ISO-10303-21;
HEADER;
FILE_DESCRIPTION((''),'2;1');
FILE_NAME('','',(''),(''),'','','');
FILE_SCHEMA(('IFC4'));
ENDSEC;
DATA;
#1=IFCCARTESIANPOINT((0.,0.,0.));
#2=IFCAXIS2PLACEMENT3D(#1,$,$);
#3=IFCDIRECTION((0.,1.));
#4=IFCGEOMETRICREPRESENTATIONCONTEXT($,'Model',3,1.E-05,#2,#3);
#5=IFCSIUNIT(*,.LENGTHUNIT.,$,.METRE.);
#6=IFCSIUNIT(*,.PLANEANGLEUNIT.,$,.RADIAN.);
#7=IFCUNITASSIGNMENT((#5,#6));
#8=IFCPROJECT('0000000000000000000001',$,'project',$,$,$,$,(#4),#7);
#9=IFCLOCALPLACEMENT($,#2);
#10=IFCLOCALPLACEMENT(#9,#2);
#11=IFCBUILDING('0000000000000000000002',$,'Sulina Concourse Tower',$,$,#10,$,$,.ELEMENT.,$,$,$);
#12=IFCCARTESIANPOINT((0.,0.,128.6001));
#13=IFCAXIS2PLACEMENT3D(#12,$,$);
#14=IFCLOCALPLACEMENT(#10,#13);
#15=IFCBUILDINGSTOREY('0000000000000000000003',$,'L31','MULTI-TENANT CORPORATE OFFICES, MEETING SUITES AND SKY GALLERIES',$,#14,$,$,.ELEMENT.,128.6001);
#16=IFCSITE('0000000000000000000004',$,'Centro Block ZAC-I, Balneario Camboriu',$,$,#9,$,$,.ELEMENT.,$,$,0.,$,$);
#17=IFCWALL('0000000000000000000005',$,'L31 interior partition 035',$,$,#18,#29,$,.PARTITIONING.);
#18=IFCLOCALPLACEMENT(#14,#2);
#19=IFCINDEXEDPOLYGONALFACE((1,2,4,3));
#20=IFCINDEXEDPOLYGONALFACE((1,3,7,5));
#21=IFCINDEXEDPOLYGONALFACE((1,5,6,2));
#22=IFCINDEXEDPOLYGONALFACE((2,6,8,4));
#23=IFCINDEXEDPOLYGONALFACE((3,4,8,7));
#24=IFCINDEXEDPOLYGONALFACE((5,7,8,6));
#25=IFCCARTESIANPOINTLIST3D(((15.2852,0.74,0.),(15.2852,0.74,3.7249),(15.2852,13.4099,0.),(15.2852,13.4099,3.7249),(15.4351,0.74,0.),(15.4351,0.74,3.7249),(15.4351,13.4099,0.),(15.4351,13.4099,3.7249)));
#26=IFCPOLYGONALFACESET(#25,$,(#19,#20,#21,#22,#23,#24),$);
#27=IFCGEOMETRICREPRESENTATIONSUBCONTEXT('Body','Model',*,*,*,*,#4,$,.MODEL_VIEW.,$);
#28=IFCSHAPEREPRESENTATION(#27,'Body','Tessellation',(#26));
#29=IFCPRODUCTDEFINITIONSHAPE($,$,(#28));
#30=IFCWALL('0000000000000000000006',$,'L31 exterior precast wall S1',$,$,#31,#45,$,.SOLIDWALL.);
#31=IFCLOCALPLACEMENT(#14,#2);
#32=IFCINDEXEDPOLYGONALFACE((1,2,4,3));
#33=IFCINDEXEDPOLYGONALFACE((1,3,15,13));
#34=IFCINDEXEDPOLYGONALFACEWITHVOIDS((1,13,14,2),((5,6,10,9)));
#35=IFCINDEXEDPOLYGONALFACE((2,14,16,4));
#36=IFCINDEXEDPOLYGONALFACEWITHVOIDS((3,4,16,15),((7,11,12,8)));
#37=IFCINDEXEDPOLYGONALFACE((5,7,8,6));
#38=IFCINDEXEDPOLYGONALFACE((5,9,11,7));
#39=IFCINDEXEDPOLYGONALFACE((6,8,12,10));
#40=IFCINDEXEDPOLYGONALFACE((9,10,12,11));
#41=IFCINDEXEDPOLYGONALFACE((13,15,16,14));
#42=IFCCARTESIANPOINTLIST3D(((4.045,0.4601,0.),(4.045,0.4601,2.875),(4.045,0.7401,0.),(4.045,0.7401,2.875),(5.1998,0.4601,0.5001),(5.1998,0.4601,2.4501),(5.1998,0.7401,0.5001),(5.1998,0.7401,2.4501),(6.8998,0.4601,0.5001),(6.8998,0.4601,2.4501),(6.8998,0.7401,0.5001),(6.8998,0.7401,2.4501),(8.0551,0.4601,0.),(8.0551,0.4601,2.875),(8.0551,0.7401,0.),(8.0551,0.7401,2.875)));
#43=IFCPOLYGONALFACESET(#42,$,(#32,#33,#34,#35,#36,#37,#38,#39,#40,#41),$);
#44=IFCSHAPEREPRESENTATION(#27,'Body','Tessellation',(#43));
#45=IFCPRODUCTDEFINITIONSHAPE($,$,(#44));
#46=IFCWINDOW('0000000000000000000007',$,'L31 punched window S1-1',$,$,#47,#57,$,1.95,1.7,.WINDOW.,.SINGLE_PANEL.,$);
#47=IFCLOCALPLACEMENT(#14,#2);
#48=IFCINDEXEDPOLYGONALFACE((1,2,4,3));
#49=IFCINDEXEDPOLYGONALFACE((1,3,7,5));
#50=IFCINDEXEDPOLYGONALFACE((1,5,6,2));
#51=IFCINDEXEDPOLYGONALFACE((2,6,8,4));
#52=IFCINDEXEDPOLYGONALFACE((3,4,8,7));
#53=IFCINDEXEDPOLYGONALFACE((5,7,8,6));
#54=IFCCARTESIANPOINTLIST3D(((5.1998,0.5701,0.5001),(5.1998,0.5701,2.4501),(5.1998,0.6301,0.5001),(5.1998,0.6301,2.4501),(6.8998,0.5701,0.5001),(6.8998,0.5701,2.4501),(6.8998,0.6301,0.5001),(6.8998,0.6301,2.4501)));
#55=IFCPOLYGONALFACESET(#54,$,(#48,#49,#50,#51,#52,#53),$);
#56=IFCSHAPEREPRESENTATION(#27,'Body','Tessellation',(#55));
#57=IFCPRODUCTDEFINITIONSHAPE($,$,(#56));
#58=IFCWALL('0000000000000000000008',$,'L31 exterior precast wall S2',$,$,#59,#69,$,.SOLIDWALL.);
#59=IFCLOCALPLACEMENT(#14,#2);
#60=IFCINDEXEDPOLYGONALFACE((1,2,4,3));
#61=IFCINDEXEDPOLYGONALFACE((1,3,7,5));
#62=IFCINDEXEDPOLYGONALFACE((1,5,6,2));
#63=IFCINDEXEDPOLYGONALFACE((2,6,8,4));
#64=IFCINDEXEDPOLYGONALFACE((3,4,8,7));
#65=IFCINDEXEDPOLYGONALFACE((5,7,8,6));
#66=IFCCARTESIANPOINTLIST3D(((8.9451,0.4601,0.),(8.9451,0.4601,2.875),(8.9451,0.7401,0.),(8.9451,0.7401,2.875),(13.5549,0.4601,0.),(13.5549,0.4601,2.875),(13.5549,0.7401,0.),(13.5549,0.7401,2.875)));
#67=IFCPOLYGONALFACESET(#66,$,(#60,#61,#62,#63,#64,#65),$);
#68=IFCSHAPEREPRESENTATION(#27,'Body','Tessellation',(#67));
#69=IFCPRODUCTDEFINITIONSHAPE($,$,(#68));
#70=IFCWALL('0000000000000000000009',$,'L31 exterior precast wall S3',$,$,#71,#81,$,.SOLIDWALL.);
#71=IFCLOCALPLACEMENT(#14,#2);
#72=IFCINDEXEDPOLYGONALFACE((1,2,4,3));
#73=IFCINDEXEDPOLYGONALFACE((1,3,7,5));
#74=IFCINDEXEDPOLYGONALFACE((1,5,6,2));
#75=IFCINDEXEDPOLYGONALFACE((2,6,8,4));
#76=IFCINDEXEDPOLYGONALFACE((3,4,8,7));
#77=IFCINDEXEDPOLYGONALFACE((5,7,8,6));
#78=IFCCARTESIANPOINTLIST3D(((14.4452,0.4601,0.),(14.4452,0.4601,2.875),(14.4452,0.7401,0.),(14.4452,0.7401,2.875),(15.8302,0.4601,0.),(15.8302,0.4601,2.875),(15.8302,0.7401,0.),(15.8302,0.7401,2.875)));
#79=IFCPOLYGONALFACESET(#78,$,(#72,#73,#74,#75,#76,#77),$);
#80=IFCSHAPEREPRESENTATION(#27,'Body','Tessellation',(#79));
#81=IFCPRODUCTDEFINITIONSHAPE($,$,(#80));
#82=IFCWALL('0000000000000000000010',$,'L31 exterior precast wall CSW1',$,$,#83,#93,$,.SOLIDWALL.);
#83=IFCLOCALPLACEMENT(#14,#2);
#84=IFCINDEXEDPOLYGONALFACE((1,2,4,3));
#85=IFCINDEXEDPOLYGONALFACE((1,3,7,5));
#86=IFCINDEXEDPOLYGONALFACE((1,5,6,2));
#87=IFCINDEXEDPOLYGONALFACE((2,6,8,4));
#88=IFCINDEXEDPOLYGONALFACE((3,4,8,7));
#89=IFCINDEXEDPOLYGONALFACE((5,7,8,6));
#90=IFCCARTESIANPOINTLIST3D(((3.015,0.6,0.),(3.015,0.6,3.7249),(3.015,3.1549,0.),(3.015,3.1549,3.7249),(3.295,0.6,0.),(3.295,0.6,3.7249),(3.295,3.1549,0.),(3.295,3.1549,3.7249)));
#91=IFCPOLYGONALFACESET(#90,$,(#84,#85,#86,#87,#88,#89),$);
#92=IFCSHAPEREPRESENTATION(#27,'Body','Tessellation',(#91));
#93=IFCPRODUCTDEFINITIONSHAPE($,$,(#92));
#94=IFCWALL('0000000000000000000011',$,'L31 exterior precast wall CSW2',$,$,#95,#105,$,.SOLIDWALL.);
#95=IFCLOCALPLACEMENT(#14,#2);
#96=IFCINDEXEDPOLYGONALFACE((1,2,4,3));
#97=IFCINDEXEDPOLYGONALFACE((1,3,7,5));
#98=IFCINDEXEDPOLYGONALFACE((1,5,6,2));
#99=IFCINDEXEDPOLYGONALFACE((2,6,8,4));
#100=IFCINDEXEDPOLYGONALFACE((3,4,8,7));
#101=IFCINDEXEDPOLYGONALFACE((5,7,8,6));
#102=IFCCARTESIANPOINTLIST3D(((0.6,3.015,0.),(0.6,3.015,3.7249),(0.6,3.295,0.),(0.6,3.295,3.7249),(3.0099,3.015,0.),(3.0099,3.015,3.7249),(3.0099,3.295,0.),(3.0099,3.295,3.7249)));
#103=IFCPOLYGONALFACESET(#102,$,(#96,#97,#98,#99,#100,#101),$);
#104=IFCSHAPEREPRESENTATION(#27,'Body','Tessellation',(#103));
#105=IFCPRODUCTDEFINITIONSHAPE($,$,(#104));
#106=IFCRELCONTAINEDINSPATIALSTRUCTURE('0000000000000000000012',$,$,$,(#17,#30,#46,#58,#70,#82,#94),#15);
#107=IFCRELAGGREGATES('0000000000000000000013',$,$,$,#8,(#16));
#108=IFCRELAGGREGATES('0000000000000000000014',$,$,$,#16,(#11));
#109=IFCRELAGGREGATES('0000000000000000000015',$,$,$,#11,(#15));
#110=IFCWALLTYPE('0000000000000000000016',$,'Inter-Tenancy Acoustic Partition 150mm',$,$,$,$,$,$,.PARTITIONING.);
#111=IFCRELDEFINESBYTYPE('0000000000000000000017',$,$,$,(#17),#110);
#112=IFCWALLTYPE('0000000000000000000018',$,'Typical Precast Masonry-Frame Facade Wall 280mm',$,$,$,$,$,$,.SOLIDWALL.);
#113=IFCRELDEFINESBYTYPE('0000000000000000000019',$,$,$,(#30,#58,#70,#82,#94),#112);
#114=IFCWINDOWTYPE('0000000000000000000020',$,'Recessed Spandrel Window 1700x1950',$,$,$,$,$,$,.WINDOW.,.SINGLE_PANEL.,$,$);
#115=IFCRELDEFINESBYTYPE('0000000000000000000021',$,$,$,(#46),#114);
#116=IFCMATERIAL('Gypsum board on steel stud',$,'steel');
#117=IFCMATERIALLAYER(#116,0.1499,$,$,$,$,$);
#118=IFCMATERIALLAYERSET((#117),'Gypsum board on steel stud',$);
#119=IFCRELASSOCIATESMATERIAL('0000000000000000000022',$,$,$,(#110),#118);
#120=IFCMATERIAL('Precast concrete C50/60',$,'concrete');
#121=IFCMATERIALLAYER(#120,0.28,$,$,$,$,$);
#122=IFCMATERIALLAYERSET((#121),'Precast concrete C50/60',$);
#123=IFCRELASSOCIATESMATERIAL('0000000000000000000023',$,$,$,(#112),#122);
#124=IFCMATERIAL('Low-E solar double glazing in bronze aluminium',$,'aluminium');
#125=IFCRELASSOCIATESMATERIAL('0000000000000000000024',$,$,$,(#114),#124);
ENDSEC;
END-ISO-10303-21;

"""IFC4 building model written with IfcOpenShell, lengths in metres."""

from ifc_helpers import new_model, si_unit, direction, frame, frame_2d, origin, place, context, subcontext, project, spatial, rectangle, extrude, material, layer, layer_set, type_object, element, fill, save


model = new_model("IFC4")

# Units and contexts
model_context = context("Model", 3, precision=1e-05, world=origin(), true_north=direction((0.0, 1.0)))
body_context = subcontext(model_context, "Body", "Model", "MODEL_VIEW")
ifc_project = project(units=[si_unit("LENGTHUNIT", "METRE"), si_unit("PLANEANGLEUNIT", "RADIAN")], contexts=[model_context])

# Site, building, storey
site_placement = place(None, origin())
site = spatial("IfcSite", under=ifc_project, at=site_placement, Name="Centro Block ZAC-I, Balneario Camboriu", CompositionType="ELEMENT", RefElevation=0.0)
building_placement = place(site_placement, origin())
building = spatial("IfcBuilding", under=site, at=building_placement, Name="Sulina Concourse Tower", CompositionType="ELEMENT")
storey_placement = place(building_placement, frame((0.0, 0.0, 128.6001)))
storey = spatial("IfcBuildingStorey", under=building, at=storey_placement, Name="L31", Description="MULTI-TENANT CORPORATE OFFICES, MEETING SUITES AND SKY GALLERIES", CompositionType="ELEMENT", Elevation=128.6001)

# Wall
ifc_material_1 = material(Name="Gypsum board on steel stud", Category="steel")
ifc_layer_1 = layer(ifc_material_1, 0.1499)
ifc_layer_set_1 = layer_set([ifc_layer_1], Name="Gypsum board on steel stud")
wall_type_1 = type_object("IfcWallType", Name="Inter-Tenancy Acoustic Partition 150mm", PredefinedType="PARTITIONING", material=ifc_layer_set_1)
for number, where, z_axis, x_axis, name in (
    (1, (15.3601, 0.74, 0.0), (0.0, 0.0, 1.0), (0.0, 1.0, 0.0), "L31 interior partition 035"),
):
    element("IfcWall", number, at=place(storey_placement, frame(where, z_axis=z_axis, x_axis=x_axis)), inside=storey, type_object=wall_type_1, Name=name, PredefinedType="PARTITIONING", context=body_context, shape_type="SweptSolid", body=[
        extrude(rectangle(XDim=12.6699, YDim=0.1499, at=frame_2d((6.335, 0.0))), origin(), (0.0, 0.0, 1.0), 3.7249),
    ])

# Wall, opening, window
ifc_material_2 = material(Name="Precast concrete C50/60", Category="concrete")
ifc_layer_2 = layer(ifc_material_2, 0.28)
ifc_layer_set_2 = layer_set([ifc_layer_2], Name="Precast concrete C50/60")
wall_type_2 = type_object("IfcWallType", Name="Typical Precast Masonry-Frame Facade Wall 280mm", PredefinedType="SOLIDWALL", material=ifc_layer_set_2)
wall_1_placement = place(storey_placement, frame((8.0549, 0.6001, 0.0), z_axis=(0.0, 0.0, 1.0), x_axis=(-1.0, 0.0, 0.0)))
wall_1 = element("IfcWall", 2, at=wall_1_placement, inside=storey, type_object=wall_type_2, Name="L31 exterior precast wall S1", PredefinedType="SOLIDWALL", context=body_context, shape_type="SweptSolid", body=[
    extrude(rectangle(XDim=4.01, YDim=0.28, at=frame_2d((2.0049, 0.0))), origin(), (0.0, 0.0, 1.0), 2.875),
])
opening_placement = place(wall_1_placement, frame((1.155, 0.0, 0.5)))
opening = element("IfcOpeningElement", 3, at=opening_placement, cuts=wall_1, PredefinedType="OPENING", context=body_context, shape_type="SweptSolid", body=[
    extrude(rectangle(XDim=1.7, YDim=1.95, at=frame_2d((0.8501, 0.9751))), frame((0.0, 0.1499, 0.0), z_axis=(0.0, -1.0, 0.0), x_axis=(1.0, 0.0, 0.0)), (0.0, 0.0, 1.0), 0.3),
])
ifc_material_3 = material(Name="Low-E solar double glazing in bronze aluminium", Category="aluminium")
window_type = type_object("IfcWindowType", Name="Recessed Spandrel Window 1700x1950", PartitioningType="SINGLE_PANEL", PredefinedType="WINDOW", material=ifc_material_3)
window_placement = place(opening_placement, origin())
window = element("IfcWindow", 4, at=window_placement, inside=storey, type_object=window_type, Name="L31 punched window S1-1", OverallHeight=1.95, OverallWidth=1.7, PartitioningType="SINGLE_PANEL", PredefinedType="WINDOW", context=body_context, shape_type="SweptSolid", body=[
    extrude(rectangle(XDim=1.7, YDim=1.95, at=frame_2d((0.8501, 0.9751))), frame((0.0, 0.03, 0.0), z_axis=(0.0, -1.0, 0.0), x_axis=(1.0, 0.0, 0.0)), (0.0, 0.0, 1.0), 0.0601),
])
fill(opening, window)

# Walls
wall_2_placement = place(storey_placement, frame((13.5549, 0.6001, 0.0), z_axis=(0.0, 0.0, 1.0), x_axis=(-1.0, 0.0, 0.0)))
element("IfcWall", 5, at=wall_2_placement, inside=storey, type_object=wall_type_2, Name="L31 exterior precast wall S2", PredefinedType="SOLIDWALL", context=body_context, shape_type="SweptSolid", body=[
    extrude(rectangle(XDim=4.6099, YDim=0.28, at=frame_2d((2.3049, 0.0))), origin(), (0.0, 0.0, 1.0), 2.875),
])
wall_3_placement = place(storey_placement, frame((15.8301, 0.6001, 0.0), z_axis=(0.0, 0.0, 1.0), x_axis=(-1.0, 0.0, 0.0)))
element("IfcWall", 6, at=wall_3_placement, inside=storey, type_object=wall_type_2, Name="L31 exterior precast wall S3", PredefinedType="SOLIDWALL", context=body_context, shape_type="SweptSolid", body=[
    extrude(rectangle(XDim=1.385, YDim=0.28, at=frame_2d((0.6924, 0.0))), origin(), (0.0, 0.0, 1.0), 2.875),
])
wall_4_placement = place(storey_placement, frame((3.155, 0.6001, 0.0), z_axis=(0.0, 0.0, 1.0), x_axis=(0.0, 1.0, 0.0)))
element("IfcWall", 7, at=wall_4_placement, inside=storey, type_object=wall_type_2, Name="L31 exterior precast wall CSW1", PredefinedType="SOLIDWALL", context=body_context, shape_type="SweptSolid", body=[
    extrude(rectangle(XDim=2.5549, YDim=0.28, at=frame_2d((1.2773, 0.0))), origin(), (0.0, 0.0, 1.0), 3.7249),
])
wall_5_placement = place(storey_placement, frame((3.01, 3.155, 0.0), z_axis=(0.0, 0.0, 1.0), x_axis=(-1.0, 0.0, 0.0)))
element("IfcWall", 8, at=wall_5_placement, inside=storey, type_object=wall_type_2, Name="L31 exterior precast wall CSW2", PredefinedType="SOLIDWALL", context=body_context, shape_type="SweptSolid", body=[
    extrude(rectangle(XDim=2.4099, YDim=0.28, at=frame_2d((1.2051, 0.0))), origin(), (0.0, 0.0, 1.0), 3.7249),
])

save(model, "model.ifc")
